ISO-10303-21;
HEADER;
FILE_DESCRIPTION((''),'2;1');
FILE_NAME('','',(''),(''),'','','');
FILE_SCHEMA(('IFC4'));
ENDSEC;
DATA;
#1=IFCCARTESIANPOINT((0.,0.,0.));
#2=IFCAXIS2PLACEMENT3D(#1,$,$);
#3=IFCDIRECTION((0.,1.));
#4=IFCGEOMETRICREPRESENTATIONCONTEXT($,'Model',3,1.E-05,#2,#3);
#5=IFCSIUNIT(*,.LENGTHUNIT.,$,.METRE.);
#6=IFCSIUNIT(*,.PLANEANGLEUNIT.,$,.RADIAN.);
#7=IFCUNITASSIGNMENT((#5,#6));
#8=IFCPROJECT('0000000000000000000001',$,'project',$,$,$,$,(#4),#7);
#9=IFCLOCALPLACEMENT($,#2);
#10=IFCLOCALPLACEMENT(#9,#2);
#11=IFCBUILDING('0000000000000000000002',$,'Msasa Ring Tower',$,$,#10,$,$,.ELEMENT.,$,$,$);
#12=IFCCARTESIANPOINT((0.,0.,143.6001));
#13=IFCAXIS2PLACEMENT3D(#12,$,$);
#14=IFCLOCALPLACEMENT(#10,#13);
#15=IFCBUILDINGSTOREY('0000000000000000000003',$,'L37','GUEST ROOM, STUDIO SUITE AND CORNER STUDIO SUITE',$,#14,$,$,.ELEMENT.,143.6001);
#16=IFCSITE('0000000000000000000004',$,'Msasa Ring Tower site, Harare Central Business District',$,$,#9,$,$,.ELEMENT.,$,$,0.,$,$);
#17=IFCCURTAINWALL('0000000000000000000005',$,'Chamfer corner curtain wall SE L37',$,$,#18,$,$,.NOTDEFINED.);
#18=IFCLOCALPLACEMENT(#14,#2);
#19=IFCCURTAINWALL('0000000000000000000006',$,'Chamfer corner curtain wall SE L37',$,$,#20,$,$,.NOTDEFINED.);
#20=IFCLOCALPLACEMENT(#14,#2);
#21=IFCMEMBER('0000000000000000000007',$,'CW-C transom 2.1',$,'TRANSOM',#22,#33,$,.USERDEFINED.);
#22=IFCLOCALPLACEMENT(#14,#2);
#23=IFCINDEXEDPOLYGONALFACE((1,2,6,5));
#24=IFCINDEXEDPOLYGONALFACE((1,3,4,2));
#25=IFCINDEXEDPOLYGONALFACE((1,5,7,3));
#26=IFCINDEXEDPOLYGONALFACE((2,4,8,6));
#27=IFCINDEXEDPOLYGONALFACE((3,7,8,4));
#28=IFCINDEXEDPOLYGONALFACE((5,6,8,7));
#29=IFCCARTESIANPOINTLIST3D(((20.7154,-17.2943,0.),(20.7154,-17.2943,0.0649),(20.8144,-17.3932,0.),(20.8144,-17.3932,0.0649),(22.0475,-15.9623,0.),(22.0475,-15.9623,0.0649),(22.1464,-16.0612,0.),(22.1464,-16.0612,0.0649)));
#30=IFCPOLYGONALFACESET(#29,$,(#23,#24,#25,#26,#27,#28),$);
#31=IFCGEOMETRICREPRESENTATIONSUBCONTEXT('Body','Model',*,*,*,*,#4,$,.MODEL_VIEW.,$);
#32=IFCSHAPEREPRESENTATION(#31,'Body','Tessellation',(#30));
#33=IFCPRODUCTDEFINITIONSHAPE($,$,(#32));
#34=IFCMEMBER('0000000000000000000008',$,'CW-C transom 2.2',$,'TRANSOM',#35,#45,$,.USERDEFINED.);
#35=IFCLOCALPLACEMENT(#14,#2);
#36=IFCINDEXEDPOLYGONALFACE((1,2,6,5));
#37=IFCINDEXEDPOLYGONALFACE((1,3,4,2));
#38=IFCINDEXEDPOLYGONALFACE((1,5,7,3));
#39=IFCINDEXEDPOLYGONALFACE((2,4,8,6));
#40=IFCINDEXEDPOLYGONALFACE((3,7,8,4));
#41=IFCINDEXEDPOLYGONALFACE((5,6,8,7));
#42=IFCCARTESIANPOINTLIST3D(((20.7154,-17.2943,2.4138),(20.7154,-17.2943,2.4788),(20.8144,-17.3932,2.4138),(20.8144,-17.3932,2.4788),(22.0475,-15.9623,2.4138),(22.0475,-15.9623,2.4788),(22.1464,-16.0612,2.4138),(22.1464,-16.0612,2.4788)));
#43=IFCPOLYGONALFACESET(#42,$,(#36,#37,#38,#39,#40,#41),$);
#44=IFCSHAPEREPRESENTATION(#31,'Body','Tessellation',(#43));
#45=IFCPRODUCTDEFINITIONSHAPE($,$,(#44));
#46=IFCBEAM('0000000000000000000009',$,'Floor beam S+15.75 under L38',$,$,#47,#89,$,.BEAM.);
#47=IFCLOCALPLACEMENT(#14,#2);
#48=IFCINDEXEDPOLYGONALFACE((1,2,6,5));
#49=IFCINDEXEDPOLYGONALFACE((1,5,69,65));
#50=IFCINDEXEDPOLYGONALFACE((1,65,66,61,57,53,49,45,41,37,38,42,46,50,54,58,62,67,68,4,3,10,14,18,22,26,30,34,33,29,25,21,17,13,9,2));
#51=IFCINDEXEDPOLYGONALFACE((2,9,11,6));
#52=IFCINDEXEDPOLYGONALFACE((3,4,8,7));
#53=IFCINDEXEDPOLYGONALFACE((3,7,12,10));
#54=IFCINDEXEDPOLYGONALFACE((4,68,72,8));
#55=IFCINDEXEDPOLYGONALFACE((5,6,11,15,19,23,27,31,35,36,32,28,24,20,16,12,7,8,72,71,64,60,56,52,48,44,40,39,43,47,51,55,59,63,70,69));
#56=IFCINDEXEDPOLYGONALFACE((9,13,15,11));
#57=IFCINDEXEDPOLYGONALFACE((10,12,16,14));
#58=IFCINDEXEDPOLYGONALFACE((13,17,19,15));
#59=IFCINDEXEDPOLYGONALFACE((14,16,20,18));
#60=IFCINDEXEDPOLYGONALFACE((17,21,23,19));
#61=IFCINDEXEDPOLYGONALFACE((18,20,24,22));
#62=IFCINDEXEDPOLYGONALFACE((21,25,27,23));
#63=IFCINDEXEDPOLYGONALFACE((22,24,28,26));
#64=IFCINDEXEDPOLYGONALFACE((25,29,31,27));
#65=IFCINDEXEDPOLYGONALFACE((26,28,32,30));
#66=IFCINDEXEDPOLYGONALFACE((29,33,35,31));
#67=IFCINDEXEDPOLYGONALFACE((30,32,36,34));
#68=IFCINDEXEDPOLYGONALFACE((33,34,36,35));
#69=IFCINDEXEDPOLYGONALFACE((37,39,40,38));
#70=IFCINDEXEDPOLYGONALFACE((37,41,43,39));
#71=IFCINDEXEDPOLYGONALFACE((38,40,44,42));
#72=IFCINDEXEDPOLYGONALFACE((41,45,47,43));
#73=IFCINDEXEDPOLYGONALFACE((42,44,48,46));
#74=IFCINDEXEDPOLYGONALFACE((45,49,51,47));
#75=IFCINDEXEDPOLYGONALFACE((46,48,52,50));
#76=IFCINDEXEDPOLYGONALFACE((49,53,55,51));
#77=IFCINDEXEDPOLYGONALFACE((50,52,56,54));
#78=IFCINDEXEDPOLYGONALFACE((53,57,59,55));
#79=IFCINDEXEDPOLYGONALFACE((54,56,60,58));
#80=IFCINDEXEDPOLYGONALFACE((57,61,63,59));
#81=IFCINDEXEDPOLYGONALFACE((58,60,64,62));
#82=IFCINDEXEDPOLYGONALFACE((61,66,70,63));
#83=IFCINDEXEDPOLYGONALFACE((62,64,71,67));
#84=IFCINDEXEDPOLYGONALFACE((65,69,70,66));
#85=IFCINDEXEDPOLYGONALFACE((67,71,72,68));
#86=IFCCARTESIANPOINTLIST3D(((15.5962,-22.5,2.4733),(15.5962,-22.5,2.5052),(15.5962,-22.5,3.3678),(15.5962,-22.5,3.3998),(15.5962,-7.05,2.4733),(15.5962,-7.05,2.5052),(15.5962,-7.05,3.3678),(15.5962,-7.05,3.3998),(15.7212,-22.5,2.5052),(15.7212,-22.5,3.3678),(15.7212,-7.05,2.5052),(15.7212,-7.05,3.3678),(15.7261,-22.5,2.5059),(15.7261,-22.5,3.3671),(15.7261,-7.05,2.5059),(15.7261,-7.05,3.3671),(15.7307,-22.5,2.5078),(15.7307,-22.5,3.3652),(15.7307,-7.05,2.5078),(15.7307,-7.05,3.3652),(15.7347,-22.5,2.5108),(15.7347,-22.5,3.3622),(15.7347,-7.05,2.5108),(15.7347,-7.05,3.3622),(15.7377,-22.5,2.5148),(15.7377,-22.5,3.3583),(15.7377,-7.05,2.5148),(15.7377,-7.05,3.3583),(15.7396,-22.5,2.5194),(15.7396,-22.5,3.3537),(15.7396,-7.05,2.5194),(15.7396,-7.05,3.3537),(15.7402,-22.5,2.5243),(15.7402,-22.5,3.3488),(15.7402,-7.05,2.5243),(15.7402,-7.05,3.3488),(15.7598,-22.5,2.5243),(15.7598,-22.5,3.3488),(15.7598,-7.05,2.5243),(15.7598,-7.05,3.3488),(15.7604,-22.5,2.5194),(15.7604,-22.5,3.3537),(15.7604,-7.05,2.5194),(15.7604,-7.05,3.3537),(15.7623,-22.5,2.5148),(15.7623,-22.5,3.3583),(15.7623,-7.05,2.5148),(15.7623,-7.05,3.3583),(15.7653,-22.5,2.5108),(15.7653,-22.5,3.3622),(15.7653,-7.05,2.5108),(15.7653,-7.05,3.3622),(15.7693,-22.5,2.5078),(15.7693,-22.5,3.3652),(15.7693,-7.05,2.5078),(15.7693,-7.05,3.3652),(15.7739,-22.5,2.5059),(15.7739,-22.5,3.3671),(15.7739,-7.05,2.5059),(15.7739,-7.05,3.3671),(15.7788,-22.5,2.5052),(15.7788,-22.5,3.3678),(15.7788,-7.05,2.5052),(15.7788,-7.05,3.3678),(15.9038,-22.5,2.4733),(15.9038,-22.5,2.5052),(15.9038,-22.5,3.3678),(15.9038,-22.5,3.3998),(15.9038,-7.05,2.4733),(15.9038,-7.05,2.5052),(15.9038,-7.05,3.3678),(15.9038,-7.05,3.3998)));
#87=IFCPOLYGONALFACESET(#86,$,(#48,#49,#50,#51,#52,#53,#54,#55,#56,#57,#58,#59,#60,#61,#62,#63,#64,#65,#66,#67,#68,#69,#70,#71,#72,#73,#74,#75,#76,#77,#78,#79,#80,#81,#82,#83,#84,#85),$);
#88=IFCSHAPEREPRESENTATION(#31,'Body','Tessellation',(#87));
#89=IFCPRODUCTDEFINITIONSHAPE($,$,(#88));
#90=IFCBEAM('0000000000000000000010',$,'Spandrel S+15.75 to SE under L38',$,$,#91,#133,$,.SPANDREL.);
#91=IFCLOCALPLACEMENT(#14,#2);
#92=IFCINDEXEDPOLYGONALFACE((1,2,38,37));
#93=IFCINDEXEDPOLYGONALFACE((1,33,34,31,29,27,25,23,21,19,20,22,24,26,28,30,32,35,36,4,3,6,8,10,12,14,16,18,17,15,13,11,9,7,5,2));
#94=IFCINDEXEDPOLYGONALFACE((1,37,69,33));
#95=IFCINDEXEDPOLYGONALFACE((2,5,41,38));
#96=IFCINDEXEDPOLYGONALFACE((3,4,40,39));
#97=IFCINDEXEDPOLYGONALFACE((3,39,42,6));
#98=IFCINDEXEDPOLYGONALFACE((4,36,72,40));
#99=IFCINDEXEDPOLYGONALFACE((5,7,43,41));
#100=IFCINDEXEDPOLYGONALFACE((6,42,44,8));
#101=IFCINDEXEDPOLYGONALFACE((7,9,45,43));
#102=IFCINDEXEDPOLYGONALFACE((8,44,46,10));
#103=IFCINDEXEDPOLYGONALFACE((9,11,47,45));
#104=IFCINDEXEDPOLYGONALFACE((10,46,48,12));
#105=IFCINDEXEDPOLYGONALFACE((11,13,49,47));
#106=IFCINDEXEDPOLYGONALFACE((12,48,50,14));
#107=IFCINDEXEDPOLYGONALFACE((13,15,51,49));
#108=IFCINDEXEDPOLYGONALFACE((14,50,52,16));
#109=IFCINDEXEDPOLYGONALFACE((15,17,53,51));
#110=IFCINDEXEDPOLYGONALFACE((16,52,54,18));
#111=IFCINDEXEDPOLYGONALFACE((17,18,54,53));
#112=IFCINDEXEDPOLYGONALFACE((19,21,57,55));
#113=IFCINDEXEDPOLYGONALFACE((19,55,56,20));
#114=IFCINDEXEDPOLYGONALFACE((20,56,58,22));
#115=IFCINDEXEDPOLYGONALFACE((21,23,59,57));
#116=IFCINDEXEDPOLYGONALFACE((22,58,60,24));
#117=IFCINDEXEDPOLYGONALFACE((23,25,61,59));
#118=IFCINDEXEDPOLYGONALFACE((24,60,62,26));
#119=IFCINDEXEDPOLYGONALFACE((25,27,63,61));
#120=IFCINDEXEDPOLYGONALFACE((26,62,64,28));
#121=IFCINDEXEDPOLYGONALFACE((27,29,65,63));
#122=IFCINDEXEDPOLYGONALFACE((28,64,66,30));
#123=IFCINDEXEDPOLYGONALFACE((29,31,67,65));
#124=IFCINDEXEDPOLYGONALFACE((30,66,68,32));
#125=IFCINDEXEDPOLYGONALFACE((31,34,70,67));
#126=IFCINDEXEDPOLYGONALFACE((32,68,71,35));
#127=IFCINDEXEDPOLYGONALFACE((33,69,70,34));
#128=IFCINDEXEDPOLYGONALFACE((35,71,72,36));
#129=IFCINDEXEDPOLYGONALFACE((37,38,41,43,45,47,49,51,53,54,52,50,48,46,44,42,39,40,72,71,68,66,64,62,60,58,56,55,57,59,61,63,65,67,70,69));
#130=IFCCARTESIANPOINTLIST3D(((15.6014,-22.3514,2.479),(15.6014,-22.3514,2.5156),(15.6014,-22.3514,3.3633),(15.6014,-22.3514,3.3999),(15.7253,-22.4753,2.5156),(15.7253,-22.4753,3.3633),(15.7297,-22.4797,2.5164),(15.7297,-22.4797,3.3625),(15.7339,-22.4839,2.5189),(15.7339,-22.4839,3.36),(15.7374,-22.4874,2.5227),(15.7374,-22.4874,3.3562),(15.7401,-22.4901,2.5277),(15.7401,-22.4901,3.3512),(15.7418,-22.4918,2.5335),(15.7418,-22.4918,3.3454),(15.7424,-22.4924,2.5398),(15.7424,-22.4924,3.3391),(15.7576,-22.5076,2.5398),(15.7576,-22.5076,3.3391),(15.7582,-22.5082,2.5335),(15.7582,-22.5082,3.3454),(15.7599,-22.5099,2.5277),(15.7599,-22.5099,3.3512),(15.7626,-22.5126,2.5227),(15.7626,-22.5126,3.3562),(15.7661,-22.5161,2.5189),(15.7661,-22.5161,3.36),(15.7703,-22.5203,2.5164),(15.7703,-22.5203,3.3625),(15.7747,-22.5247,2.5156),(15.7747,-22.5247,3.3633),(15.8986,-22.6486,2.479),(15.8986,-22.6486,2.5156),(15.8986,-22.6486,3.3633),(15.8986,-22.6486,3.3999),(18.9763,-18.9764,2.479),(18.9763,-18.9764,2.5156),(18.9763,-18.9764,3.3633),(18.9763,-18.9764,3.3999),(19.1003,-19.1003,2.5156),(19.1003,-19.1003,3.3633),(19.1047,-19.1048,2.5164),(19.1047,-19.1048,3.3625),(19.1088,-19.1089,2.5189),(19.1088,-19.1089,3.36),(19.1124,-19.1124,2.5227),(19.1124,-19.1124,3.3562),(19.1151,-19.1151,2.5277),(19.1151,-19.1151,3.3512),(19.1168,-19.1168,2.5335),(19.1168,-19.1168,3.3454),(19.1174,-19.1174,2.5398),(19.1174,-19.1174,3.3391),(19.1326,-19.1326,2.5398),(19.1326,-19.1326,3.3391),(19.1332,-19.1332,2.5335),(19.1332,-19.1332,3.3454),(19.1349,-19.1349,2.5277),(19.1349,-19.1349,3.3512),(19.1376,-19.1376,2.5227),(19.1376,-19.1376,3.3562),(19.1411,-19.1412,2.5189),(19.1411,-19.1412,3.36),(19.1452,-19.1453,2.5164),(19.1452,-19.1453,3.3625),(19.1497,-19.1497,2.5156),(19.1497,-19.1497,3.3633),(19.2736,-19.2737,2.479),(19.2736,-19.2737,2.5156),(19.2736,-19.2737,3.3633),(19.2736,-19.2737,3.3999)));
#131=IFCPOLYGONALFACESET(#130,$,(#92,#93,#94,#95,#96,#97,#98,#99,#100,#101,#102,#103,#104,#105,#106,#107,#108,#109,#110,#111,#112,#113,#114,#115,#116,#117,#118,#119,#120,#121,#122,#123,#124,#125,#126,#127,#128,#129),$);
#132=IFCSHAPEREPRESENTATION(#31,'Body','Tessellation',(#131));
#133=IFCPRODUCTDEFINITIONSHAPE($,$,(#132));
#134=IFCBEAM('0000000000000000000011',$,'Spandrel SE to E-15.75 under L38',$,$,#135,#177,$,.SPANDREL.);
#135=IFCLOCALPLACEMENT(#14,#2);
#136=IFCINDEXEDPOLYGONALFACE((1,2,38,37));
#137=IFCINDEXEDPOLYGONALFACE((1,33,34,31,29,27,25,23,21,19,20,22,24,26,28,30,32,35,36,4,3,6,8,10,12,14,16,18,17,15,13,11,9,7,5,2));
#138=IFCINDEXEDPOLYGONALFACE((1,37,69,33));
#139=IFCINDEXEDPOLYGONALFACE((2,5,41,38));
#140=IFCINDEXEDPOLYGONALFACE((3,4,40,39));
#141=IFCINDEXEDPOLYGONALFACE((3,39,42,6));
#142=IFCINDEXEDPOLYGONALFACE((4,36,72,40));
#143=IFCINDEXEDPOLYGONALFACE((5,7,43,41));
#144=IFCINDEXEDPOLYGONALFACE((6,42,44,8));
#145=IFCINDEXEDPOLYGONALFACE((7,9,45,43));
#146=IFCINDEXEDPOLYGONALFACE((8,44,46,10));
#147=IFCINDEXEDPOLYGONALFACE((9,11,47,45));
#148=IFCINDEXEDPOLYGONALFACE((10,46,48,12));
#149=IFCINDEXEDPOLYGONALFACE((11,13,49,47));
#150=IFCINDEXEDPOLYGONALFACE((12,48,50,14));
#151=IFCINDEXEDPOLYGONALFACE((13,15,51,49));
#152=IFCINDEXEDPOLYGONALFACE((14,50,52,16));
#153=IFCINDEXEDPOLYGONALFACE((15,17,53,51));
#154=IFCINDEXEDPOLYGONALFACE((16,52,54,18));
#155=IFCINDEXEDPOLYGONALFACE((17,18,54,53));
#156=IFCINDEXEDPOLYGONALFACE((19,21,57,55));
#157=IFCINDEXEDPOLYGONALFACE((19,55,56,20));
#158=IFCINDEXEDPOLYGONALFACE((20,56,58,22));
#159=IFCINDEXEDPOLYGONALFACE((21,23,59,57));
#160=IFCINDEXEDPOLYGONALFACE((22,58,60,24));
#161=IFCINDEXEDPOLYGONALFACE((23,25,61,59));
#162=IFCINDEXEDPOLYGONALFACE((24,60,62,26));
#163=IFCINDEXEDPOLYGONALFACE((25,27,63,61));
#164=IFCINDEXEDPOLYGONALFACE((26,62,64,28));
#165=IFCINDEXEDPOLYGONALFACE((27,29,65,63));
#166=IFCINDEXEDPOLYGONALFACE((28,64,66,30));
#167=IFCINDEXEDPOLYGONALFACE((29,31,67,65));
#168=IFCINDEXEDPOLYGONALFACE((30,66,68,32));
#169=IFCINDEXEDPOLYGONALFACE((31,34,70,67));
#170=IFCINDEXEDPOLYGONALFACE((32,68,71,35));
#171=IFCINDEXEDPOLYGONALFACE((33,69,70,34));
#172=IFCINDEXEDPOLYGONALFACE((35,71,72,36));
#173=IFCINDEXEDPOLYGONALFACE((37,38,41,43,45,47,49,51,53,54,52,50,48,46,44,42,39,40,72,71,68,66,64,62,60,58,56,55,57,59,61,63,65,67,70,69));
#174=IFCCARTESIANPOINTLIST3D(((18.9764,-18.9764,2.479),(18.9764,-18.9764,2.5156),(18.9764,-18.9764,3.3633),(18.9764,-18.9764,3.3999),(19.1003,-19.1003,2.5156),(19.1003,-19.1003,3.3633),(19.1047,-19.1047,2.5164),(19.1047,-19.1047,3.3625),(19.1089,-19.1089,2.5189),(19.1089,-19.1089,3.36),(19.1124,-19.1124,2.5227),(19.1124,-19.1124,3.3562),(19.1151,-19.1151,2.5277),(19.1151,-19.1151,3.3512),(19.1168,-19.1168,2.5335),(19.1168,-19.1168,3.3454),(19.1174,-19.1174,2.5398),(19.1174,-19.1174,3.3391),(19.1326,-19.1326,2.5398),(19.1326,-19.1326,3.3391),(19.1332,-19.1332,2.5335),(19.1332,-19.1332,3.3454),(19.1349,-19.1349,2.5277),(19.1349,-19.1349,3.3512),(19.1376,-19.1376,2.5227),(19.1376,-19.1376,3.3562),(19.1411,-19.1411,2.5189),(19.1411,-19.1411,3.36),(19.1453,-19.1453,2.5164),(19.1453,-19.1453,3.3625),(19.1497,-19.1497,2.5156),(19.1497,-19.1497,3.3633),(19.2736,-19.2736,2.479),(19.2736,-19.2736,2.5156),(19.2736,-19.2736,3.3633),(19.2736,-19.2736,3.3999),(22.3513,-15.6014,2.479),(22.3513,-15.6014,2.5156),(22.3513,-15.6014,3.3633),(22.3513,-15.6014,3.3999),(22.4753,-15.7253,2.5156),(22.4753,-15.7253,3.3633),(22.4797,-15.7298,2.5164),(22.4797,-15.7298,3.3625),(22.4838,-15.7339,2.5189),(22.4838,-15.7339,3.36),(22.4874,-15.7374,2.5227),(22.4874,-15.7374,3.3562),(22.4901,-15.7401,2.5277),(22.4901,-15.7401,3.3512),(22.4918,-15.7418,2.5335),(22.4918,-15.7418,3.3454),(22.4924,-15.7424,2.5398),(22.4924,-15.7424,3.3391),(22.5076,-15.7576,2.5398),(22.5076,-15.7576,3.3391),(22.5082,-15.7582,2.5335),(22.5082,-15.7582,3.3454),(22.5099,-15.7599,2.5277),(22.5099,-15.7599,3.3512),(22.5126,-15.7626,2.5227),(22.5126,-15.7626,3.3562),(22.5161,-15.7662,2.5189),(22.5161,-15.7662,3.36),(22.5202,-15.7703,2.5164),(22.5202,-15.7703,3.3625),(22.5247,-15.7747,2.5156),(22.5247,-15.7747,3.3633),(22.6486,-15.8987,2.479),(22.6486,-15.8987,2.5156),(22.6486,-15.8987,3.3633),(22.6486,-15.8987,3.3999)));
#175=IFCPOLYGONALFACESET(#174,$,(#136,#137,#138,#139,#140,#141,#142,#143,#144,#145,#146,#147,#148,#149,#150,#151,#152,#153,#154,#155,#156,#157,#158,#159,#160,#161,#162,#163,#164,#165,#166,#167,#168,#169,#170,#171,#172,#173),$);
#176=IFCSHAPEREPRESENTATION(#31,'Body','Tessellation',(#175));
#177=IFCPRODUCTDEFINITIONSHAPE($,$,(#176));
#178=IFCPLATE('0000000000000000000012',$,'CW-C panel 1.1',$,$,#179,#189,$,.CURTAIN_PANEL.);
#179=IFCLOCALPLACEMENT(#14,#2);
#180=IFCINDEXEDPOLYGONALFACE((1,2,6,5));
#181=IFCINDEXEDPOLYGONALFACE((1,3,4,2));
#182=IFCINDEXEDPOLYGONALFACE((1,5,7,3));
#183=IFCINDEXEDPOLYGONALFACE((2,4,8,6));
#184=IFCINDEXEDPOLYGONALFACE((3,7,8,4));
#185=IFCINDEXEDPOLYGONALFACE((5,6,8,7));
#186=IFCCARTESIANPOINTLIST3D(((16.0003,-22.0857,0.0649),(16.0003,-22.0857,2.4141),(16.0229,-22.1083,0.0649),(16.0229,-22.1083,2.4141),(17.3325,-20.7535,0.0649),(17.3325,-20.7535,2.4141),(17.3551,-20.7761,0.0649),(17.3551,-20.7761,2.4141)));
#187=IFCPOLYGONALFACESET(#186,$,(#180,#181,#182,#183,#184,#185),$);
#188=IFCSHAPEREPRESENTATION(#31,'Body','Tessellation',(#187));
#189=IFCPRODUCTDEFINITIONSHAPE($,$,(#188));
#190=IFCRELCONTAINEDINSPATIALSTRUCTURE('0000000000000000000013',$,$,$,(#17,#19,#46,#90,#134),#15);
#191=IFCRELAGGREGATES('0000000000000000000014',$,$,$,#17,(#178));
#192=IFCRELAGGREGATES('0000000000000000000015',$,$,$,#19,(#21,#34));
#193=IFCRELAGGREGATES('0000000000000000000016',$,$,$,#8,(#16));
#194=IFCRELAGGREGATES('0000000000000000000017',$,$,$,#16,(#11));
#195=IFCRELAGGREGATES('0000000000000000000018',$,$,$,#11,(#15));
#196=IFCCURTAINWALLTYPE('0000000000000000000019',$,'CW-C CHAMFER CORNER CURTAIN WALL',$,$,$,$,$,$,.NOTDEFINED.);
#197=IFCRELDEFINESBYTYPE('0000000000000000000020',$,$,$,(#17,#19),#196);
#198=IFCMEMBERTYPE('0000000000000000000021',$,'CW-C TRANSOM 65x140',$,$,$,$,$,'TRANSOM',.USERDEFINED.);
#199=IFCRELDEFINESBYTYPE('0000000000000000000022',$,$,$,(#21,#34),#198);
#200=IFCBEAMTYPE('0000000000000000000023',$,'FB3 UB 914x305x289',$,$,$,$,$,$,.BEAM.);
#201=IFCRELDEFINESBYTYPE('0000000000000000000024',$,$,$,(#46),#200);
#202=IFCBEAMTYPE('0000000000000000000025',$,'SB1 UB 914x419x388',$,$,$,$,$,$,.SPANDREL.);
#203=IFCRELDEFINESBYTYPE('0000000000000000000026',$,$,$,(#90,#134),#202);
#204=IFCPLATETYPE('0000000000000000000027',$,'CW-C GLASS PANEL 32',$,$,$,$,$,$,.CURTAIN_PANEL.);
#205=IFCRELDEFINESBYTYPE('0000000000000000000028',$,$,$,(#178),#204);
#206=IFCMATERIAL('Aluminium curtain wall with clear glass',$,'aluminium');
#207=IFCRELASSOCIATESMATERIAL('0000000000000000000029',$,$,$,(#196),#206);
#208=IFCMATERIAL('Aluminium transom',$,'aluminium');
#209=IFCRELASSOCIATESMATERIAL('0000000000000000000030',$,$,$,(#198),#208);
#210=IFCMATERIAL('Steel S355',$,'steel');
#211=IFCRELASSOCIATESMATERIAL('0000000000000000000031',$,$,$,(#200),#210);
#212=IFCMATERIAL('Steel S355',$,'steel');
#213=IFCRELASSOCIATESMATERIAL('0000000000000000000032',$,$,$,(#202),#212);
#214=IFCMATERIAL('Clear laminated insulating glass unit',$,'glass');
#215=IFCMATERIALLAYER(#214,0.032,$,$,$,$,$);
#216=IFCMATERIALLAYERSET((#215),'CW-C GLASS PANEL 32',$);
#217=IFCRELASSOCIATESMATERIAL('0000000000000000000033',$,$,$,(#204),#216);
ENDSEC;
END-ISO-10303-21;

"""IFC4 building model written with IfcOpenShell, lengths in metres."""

from ifc_helpers import new_model, si_unit, direction, frame, origin, origin_2d, place, context, subcontext, project, spatial, rectangle, i_section, extrude, material, layer, layer_set, material_profile, profile_set, type_object, element, aggregate, save


model = new_model("IFC4")

# Units and contexts
model_context = context("Model", 3, precision=1e-05, world=origin(), true_north=direction((0.0, 1.0)))
body_context = subcontext(model_context, "Body", "Model", "MODEL_VIEW")
ifc_project = project(units=[si_unit("LENGTHUNIT", "METRE"), si_unit("PLANEANGLEUNIT", "RADIAN")], contexts=[model_context])

# Site, building, storey
site_placement = place(None, origin())
site = spatial("IfcSite", under=ifc_project, at=site_placement, Name="Msasa Ring Tower site, Harare Central Business District", CompositionType="ELEMENT", RefElevation=0.0)
building_placement = place(site_placement, origin())
building = spatial("IfcBuilding", under=site, at=building_placement, Name="Msasa Ring Tower", CompositionType="ELEMENT")
storey_placement = place(building_placement, frame((0.0, 0.0, 143.6001)))
storey = spatial("IfcBuildingStorey", under=building, at=storey_placement, Name="L37", Description="GUEST ROOM, STUDIO SUITE AND CORNER STUDIO SUITE", CompositionType="ELEMENT", Elevation=143.6001)

# Curtain walls
ifc_material_1 = material(Name="Aluminium curtain wall with clear glass", Category="aluminium")
curtain_wall_type = type_object("IfcCurtainWallType", Name="CW-C CHAMFER CORNER CURTAIN WALL", PredefinedType="NOTDEFINED", material=ifc_material_1)
curtain_wall_1_placement = place(storey_placement, origin())
curtain_wall_1 = element("IfcCurtainWall", 1, at=curtain_wall_1_placement, inside=storey, type_object=curtain_wall_type, Name="Chamfer corner curtain wall SE L37", PredefinedType="NOTDEFINED")
curtain_wall_2_placement = place(storey_placement, origin())
curtain_wall_2 = element("IfcCurtainWall", 2, at=curtain_wall_2_placement, inside=storey, type_object=curtain_wall_type, Name="Chamfer corner curtain wall SE L37", PredefinedType="NOTDEFINED")

# Members
ifc_material_2 = material(Name="Aluminium transom", Category="aluminium")
ifc_material_profile_1 = material_profile(ifc_material_2, rectangle(XDim=0.1399, YDim=0.0649, at=origin_2d()), Name="AL 65x140")
ifc_profile_set_1 = profile_set([ifc_material_profile_1], Name="Aluminium transom")
member_type_1 = type_object("IfcMemberType", Name="CW-C TRANSOM 65x140", ElementType="TRANSOM", PredefinedType="USERDEFINED", material=ifc_profile_set_1)
member_1_placement = place(storey_placement, frame((20.7649, -17.3438, 0.0325), z_axis=(0.707107, 0.707107, 0.0), x_axis=(-0.707107, 0.707107, 0.0)))
member_1 = element("IfcMember", 3, at=member_1_placement, type_object=member_type_1, Name="CW-C transom 2.1", ObjectType="TRANSOM", PredefinedType="USERDEFINED", context=body_context, shape_type="SweptSolid", body=[
    extrude(rectangle(XDim=0.1399, YDim=0.0649, at=origin_2d()), origin(), (0.0, 0.0, 1.0), 1.8838),
])
member_2_placement = place(storey_placement, frame((20.7649, -17.3438, 2.4463), z_axis=(0.707107, 0.707107, 0.0), x_axis=(-0.707107, 0.707107, 0.0)))
member_2 = element("IfcMember", 4, at=member_2_placement, type_object=member_type_1, Name="CW-C transom 2.2", ObjectType="TRANSOM", PredefinedType="USERDEFINED", context=body_context, shape_type="SweptSolid", body=[
    extrude(rectangle(XDim=0.1399, YDim=0.0649, at=origin_2d()), origin(), (0.0, 0.0, 1.0), 1.8838),
])

# Beams
ifc_material_3 = material(Name="Steel S355", Category="steel")
ifc_material_profile_2 = material_profile(ifc_material_3, i_section(OverallWidth=0.3076, OverallDepth=0.9265, WebThickness=0.0195, FlangeThickness=0.032, FilletRadius=0.019, at=origin_2d()), Name="UB 914x305x289")
ifc_profile_set_2 = profile_set([ifc_material_profile_2], Name="Steel S355")
beam_type_1 = type_object("IfcBeamType", Name="FB3 UB 914x305x289", PredefinedType="BEAM", material=ifc_profile_set_2)
beam_placement = place(storey_placement, frame((15.75, -22.5, 2.9365), z_axis=(0.0, 1.0, 0.0), x_axis=(-1.0, 0.0, 0.0)))
element("IfcBeam", 5, at=beam_placement, inside=storey, type_object=beam_type_1, Name="Floor beam S+15.75 under L38", PredefinedType="BEAM", context=body_context, shape_type="SweptSolid", body=[
    extrude(i_section(OverallWidth=0.3076, OverallDepth=0.9265, WebThickness=0.0195, FlangeThickness=0.032, FilletRadius=0.019, at=origin_2d()), origin(), (0.0, 0.0, 1.0), 15.45),
])
ifc_material_4 = material(Name="Steel S355", Category="steel")
ifc_material_profile_3 = material_profile(ifc_material_4, i_section(OverallWidth=0.4204, OverallDepth=0.9209, WebThickness=0.0215, FlangeThickness=0.0366, FilletRadius=0.0242, at=origin_2d()), Name="UB 914x419x388")
ifc_profile_set_3 = profile_set([ifc_material_profile_3], Name="Steel S355")
beam_type_2 = type_object("IfcBeamType", Name="SB1 UB 914x419x388", PredefinedType="SPANDREL", material=ifc_profile_set_3)
for number, where, z_axis, x_axis, name in (
    (6, (15.75, -22.5, 2.9395), (0.707107, 0.707107, 0.0), (-0.707107, 0.707107, 0.0), "Spandrel S+15.75 to SE under L38"),
    (7, (19.125, -19.125, 2.9395), (0.707107, 0.707107, 0.0), (-0.707107, 0.707107, 0.0), "Spandrel SE to E-15.75 under L38"),
):
    element("IfcBeam", number, at=place(storey_placement, frame(where, z_axis=z_axis, x_axis=x_axis)), inside=storey, type_object=beam_type_2, Name=name, PredefinedType="SPANDREL", context=body_context, shape_type="SweptSolid", body=[
        extrude(i_section(OverallWidth=0.4204, OverallDepth=0.9209, WebThickness=0.0215, FlangeThickness=0.0366, FilletRadius=0.0242, at=origin_2d()), origin(), (0.0, 0.0, 1.0), 4.7729),
    ])

# Plate
ifc_material_5 = material(Name="Clear laminated insulating glass unit", Category="glass")
ifc_layer_1 = layer(ifc_material_5, 0.032)
ifc_layer_set_1 = layer_set([ifc_layer_1], Name="CW-C GLASS PANEL 32")
plate_type = type_object("IfcPlateType", Name="CW-C GLASS PANEL 32", PredefinedType="CURTAIN_PANEL", material=ifc_layer_set_1)
plate_1_placement = place(storey_placement, frame((16.6777, -21.4309, 0.0649), z_axis=(0.0, 0.0, 1.0), x_axis=(0.707107, 0.707107, 0.0)))
plate_1 = element("IfcPlate", 8, at=plate_1_placement, type_object=plate_type, Name="CW-C panel 1.1", PredefinedType="CURTAIN_PANEL", context=body_context, shape_type="SweptSolid", body=[
    extrude(rectangle(XDim=1.884, YDim=0.032, at=origin_2d()), origin(), (0.0, 0.0, 1.0), 2.3491),
])
aggregate(curtain_wall_1, [plate_1])
aggregate(curtain_wall_2, [member_1, member_2])

save(model, "model.ifc")
